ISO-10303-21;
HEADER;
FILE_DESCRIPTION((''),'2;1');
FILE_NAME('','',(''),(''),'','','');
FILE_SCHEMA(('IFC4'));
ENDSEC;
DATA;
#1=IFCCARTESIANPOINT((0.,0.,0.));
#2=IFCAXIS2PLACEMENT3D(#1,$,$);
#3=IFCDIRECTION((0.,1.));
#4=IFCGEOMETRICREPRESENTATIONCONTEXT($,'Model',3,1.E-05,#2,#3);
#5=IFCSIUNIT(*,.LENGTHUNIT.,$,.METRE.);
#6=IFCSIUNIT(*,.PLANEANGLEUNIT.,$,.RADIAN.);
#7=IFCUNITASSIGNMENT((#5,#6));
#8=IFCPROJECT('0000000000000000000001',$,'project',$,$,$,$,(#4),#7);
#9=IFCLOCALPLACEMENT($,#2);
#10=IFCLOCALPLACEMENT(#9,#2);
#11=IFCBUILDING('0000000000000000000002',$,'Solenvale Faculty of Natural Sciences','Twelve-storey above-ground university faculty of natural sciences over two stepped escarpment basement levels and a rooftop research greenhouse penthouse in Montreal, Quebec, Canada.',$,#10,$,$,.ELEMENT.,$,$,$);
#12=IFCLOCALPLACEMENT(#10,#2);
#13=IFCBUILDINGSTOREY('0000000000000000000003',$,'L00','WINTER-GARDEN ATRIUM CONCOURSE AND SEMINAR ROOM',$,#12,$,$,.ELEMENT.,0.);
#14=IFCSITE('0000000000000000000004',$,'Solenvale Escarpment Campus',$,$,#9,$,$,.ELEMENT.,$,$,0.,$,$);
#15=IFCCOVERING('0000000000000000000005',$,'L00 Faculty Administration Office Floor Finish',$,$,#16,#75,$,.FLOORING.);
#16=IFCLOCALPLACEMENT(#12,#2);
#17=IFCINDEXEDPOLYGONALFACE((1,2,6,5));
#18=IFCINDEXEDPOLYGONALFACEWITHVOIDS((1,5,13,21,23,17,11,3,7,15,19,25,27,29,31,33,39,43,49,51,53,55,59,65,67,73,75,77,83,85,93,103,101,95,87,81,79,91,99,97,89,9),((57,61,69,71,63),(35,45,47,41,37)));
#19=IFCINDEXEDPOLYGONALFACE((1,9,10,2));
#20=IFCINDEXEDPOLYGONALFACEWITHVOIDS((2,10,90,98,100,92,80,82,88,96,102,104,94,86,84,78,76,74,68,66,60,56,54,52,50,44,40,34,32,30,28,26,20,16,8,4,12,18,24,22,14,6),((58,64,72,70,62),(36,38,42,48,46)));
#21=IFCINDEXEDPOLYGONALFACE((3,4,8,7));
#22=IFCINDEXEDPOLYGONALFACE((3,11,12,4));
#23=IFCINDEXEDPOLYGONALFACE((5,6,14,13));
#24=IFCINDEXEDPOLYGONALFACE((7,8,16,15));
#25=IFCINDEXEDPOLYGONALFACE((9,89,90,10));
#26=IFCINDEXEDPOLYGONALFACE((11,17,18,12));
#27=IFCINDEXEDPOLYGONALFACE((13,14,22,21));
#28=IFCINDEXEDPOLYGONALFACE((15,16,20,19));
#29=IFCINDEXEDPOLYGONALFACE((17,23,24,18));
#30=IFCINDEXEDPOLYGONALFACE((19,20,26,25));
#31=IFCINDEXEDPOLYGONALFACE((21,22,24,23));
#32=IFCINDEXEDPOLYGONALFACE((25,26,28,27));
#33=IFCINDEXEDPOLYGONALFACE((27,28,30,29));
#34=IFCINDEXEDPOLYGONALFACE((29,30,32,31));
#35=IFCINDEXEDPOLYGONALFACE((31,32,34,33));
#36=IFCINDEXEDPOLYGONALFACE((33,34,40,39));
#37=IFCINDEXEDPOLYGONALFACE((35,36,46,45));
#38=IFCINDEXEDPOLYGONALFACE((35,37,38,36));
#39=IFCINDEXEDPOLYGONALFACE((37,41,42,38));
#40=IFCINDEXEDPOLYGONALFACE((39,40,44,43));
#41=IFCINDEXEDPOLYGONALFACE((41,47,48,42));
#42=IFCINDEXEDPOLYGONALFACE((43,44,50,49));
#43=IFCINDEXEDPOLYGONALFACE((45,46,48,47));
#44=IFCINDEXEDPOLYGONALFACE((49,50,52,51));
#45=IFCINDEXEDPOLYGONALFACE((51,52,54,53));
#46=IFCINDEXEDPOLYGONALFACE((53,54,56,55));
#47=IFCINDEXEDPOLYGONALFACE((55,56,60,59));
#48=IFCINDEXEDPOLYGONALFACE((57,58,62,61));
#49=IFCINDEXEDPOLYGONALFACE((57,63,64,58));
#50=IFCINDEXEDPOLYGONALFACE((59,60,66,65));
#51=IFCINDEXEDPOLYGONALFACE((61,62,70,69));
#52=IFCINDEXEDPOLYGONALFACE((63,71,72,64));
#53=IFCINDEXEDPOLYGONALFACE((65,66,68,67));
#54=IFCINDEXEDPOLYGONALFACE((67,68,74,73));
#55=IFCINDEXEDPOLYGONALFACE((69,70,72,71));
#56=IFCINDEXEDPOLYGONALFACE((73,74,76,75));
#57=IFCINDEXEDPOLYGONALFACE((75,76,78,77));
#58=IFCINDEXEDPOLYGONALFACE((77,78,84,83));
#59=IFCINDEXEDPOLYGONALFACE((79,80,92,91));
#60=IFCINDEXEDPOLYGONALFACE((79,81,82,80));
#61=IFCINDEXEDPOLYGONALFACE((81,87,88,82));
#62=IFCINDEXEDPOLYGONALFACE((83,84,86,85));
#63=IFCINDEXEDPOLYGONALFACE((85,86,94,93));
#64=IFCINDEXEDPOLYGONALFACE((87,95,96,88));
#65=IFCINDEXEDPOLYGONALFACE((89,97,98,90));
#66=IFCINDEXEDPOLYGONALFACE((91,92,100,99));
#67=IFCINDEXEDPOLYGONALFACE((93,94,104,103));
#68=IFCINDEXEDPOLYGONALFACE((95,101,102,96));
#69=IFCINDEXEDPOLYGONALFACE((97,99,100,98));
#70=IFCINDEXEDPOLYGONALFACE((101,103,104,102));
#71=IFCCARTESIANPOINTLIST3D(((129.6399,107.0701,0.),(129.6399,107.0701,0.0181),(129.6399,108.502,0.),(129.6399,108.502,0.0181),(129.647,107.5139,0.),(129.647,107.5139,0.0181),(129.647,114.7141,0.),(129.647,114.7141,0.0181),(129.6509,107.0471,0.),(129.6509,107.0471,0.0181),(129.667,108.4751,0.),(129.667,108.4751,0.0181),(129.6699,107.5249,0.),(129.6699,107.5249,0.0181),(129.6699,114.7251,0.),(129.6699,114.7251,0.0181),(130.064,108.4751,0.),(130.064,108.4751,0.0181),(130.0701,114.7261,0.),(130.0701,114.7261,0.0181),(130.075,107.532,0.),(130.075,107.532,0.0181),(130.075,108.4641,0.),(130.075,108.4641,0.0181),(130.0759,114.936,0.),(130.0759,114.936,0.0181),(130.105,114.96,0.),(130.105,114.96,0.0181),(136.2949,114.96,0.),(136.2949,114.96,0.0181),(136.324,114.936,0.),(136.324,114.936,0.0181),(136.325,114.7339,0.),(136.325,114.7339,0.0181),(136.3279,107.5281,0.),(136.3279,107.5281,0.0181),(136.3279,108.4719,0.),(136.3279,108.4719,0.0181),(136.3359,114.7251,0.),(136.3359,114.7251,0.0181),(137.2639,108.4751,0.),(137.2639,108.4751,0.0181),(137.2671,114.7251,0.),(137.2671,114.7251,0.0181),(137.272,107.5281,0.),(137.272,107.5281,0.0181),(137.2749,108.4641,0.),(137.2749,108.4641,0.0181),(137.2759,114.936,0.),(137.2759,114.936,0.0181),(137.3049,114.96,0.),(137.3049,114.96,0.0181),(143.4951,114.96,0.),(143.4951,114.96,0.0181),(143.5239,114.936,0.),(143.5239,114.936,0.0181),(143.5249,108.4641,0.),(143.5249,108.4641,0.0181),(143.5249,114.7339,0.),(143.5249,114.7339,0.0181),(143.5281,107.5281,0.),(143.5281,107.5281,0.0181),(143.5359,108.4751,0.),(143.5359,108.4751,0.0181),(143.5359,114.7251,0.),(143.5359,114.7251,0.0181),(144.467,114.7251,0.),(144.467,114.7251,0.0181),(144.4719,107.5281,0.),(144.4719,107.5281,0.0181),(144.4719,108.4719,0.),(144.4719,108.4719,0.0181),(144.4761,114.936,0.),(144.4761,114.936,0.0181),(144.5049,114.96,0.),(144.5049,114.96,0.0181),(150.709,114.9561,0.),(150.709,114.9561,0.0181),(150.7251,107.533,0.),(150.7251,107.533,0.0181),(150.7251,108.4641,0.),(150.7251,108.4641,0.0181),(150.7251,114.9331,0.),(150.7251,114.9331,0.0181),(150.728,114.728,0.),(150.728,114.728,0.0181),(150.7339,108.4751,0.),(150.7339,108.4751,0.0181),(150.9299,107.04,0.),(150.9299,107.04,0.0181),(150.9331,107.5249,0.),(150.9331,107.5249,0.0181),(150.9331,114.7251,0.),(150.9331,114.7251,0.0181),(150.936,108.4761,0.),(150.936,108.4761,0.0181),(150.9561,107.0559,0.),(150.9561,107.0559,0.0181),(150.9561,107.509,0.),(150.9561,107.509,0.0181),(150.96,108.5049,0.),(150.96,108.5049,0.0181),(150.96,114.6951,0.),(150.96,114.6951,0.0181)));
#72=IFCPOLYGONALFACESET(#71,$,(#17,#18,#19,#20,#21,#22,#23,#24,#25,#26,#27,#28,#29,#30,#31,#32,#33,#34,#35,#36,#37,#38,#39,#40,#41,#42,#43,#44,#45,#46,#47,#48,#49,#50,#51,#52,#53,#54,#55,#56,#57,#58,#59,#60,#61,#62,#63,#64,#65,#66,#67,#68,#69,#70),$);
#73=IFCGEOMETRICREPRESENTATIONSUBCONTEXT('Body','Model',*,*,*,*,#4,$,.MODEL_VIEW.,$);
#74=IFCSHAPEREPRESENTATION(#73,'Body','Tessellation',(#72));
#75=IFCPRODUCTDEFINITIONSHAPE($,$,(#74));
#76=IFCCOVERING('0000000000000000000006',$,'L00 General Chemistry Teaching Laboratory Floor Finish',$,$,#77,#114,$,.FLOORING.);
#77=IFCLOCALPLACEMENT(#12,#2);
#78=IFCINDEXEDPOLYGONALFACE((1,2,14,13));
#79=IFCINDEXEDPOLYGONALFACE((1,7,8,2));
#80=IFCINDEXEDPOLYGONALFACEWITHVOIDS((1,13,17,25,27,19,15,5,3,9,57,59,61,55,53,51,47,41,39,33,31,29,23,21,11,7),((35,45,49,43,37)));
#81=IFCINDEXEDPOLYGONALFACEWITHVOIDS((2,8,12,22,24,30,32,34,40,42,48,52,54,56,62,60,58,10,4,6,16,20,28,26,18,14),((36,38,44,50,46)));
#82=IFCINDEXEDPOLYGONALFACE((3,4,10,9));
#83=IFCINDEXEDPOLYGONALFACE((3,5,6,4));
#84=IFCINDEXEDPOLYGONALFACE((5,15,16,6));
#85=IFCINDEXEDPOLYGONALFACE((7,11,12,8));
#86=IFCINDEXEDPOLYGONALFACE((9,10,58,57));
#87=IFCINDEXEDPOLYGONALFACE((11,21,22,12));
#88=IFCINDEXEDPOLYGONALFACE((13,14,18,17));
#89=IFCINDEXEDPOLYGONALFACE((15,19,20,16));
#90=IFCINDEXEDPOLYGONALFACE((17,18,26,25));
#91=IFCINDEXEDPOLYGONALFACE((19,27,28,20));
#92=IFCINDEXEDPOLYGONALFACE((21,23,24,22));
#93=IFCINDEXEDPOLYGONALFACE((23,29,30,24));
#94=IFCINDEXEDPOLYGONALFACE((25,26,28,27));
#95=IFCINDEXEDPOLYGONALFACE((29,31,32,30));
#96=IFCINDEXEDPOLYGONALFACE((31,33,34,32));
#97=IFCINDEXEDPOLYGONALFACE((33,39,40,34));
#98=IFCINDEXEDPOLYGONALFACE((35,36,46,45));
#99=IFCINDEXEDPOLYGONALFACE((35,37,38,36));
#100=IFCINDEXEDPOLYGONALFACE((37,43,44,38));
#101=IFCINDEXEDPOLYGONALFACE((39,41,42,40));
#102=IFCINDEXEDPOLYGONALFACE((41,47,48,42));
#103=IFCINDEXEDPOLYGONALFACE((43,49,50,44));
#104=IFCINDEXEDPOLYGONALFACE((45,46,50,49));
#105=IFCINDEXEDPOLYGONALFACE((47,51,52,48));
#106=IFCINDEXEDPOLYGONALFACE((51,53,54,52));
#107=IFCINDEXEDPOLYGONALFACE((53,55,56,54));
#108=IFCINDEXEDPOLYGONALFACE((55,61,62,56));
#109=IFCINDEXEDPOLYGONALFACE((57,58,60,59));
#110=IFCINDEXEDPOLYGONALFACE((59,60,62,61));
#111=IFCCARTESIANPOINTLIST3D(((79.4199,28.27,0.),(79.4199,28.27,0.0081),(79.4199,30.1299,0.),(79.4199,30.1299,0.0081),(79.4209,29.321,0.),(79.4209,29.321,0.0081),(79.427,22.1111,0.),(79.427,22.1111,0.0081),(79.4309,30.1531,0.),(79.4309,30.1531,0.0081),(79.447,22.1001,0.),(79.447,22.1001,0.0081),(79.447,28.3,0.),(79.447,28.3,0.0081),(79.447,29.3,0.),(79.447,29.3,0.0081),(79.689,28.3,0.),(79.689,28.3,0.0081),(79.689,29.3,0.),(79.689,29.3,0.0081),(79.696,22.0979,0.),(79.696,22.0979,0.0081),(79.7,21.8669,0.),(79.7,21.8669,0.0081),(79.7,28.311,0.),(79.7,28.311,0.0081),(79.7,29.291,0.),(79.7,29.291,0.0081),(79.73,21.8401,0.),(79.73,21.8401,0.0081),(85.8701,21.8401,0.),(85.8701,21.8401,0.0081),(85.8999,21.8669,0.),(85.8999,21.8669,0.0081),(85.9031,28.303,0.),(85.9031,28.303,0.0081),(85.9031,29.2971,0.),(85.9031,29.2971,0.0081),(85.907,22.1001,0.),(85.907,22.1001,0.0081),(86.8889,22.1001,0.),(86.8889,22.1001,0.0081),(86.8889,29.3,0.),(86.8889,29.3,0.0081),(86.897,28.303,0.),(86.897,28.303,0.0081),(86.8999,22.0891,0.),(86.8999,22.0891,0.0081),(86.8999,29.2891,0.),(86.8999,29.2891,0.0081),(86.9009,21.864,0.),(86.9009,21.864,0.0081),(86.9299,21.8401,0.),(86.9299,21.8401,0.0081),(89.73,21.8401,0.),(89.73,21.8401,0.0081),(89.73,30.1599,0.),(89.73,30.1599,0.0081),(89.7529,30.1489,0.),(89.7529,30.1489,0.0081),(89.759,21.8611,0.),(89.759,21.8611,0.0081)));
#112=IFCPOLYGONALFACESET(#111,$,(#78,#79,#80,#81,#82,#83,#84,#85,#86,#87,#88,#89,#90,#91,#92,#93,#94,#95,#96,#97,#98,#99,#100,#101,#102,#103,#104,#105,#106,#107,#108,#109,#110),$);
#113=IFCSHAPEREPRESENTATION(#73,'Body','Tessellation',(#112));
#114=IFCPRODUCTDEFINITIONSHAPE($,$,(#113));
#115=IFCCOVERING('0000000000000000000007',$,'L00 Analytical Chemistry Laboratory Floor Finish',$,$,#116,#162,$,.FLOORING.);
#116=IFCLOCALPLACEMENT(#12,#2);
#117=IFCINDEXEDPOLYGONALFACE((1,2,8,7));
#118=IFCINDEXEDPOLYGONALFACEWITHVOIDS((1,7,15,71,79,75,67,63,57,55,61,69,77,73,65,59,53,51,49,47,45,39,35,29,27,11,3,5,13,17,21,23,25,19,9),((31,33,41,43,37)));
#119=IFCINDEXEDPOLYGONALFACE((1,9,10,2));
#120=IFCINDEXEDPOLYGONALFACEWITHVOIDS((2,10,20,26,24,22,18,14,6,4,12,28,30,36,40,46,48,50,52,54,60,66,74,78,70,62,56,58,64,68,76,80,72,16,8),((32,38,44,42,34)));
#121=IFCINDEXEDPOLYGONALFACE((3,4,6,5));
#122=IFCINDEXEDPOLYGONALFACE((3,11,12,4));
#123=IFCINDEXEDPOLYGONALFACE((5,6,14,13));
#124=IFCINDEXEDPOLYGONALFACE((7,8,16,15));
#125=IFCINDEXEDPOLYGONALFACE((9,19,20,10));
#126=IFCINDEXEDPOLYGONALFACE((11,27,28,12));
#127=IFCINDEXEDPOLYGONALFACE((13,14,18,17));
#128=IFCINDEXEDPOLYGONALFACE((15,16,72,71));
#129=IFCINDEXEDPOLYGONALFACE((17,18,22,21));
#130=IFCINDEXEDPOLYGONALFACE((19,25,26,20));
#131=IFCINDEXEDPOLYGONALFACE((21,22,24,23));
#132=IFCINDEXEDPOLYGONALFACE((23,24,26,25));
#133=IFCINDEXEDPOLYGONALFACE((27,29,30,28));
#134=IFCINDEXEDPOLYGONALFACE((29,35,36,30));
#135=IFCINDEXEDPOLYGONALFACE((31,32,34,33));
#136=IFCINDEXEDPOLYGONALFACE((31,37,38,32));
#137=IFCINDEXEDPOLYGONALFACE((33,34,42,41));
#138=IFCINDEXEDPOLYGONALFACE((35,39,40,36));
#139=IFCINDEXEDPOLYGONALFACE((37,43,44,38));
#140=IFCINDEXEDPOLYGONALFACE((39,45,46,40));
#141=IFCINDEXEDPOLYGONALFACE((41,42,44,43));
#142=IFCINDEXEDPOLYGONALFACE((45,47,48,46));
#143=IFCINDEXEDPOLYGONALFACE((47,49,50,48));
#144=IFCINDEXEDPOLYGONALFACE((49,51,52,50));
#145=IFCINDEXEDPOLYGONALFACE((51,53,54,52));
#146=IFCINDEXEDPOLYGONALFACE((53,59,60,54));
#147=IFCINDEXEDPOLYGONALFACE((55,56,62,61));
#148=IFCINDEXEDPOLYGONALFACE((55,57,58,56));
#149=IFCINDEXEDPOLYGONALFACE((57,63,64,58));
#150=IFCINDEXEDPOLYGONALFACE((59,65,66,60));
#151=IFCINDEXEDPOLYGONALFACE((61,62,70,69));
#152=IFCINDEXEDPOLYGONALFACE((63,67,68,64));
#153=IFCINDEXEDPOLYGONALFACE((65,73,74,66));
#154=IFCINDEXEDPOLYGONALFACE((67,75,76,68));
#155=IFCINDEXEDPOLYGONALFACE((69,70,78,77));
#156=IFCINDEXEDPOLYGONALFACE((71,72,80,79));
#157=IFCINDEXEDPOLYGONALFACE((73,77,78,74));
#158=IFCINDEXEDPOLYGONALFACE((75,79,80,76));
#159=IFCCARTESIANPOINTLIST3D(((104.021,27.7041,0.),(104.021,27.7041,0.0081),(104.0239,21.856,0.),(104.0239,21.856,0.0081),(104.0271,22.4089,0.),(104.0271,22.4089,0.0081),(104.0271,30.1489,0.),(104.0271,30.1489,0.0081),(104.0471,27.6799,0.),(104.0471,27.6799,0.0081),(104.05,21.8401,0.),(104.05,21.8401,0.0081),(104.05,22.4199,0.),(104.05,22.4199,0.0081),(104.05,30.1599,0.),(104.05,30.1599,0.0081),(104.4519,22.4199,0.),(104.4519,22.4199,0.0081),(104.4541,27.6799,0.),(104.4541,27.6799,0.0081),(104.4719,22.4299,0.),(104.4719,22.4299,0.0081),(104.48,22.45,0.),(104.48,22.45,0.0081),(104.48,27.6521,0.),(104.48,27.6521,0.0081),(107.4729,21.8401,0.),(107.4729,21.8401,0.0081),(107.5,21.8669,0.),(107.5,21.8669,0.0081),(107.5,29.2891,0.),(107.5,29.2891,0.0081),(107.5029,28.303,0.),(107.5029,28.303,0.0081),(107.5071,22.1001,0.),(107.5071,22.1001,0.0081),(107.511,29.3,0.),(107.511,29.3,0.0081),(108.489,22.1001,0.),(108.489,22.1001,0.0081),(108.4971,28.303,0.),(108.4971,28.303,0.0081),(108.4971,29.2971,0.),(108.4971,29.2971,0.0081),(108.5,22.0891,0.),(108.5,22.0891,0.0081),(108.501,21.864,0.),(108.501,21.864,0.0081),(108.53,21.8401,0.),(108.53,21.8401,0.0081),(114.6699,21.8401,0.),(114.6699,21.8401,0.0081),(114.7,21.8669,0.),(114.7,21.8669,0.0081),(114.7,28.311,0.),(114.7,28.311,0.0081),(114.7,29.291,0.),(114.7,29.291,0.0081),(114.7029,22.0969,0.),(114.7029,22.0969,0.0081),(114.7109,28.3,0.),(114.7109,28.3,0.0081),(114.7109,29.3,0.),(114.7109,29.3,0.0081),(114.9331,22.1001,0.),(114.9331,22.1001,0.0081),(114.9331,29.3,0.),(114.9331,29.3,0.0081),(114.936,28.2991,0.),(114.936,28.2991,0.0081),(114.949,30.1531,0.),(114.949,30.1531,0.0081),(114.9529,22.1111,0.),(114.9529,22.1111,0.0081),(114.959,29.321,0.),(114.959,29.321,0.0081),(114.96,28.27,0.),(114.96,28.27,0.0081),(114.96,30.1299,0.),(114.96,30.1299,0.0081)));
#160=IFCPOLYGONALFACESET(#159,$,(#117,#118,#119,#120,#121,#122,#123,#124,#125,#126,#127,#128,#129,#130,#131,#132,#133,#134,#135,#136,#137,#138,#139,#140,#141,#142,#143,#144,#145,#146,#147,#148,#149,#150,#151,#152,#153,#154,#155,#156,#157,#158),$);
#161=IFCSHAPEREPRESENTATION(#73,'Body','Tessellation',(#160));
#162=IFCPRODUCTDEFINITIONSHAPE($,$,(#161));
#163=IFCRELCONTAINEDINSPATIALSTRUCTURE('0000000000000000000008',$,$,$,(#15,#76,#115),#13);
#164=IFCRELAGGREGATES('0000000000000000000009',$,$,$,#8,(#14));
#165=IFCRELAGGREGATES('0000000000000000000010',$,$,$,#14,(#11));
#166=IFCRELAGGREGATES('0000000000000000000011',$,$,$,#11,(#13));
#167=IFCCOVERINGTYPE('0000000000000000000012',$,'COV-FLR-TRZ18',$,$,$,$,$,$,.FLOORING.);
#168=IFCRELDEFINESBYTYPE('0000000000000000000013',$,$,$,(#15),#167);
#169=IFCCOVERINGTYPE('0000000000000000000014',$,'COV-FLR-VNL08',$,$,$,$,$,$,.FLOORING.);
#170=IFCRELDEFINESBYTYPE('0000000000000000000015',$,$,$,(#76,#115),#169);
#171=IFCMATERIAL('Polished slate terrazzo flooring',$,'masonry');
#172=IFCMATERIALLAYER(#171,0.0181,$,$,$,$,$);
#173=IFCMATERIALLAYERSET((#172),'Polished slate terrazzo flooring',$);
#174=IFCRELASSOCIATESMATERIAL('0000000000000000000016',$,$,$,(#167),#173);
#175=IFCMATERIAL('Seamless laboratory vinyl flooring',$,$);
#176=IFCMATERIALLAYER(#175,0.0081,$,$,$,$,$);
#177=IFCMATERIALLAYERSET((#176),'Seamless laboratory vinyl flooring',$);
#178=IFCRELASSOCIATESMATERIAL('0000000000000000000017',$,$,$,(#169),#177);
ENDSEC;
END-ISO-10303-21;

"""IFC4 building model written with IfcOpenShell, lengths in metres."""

from ifc_helpers import new_model, si_unit, direction, origin, place, context, subcontext, project, spatial, polyline, outline, extrude, material, layer, layer_set, type_object, element, save


model = new_model("IFC4")

# Units and contexts
model_context = context("Model", 3, precision=1e-05, world=origin(), true_north=direction((0.0, 1.0)))
body_context = subcontext(model_context, "Body", "Model", "MODEL_VIEW")
ifc_project = project(units=[si_unit("LENGTHUNIT", "METRE"), si_unit("PLANEANGLEUNIT", "RADIAN")], contexts=[model_context])

# Site, building, storey
site_placement = place(None, origin())
site = spatial("IfcSite", under=ifc_project, at=site_placement, Name="Solenvale Escarpment Campus", CompositionType="ELEMENT", RefElevation=0.0)
building_placement = place(site_placement, origin())
building = spatial("IfcBuilding", under=site, at=building_placement, Name="Solenvale Faculty of Natural Sciences", Description="Twelve-storey above-ground university faculty of natural sciences over two stepped escarpment basement levels and a rooftop research greenhouse penthouse in Montreal, Quebec, Canada.", CompositionType="ELEMENT")
storey_placement = place(building_placement, origin())
storey = spatial("IfcBuildingStorey", under=building, at=storey_placement, Name="L00", Description="WINTER-GARDEN ATRIUM CONCOURSE AND SEMINAR ROOM", CompositionType="ELEMENT", Elevation=0.0)

# Coverings
ifc_material_1 = material(Name="Polished slate terrazzo flooring", Category="masonry")
ifc_layer_1 = layer(ifc_material_1, 0.0181)
ifc_layer_set_1 = layer_set([ifc_layer_1], Name="Polished slate terrazzo flooring")
covering_type_1 = type_object("IfcCoveringType", Name="COV-FLR-TRZ18", PredefinedType="FLOORING", material=ifc_layer_set_1)
covering_1_placement = place(storey_placement, origin())
element("IfcCovering", 1, at=covering_1_placement, inside=storey, type_object=covering_type_1, Name="L00 Faculty Administration Office Floor Finish", PredefinedType="FLOORING", context=body_context, shape_type="SweptSolid", body=[
    extrude(outline(polyline([(136.2949, 114.96), (136.324, 114.936), (136.325, 114.7339), (136.3359, 114.7251), (137.2671, 114.7251), (137.2759, 114.936), (137.3049, 114.96), (143.4951, 114.96), (143.5239, 114.936), (143.5249, 114.7339), (143.5359, 114.7251), (144.467, 114.7251), (144.4761, 114.936), (144.5049, 114.96), (150.709, 114.9561), (150.7251, 114.9331), (150.728, 114.728), (150.9331, 114.7251), (150.96, 114.6951), (150.96, 108.5049), (150.936, 108.4761), (150.7339, 108.4751), (150.7251, 108.4641), (150.7251, 107.533), (150.9331, 107.5249), (150.9561, 107.509), (150.9561, 107.0559), (150.9299, 107.04), (129.6509, 107.0471), (129.6399, 107.0701), (129.647, 107.5139), (129.6699, 107.5249), (130.075, 107.532), (130.075, 108.4641), (130.064, 108.4751), (129.667, 108.4751), (129.6399, 108.502), (129.647, 114.7141), (129.6699, 114.7251), (130.0701, 114.7261), (130.0759, 114.936), (130.105, 114.96), (136.2949, 114.96)]), holes=[polyline([(143.5359, 108.4751), (143.5249, 108.4641), (143.5281, 107.5281), (144.4719, 107.5281), (144.4719, 108.4719), (143.5359, 108.4751)]), polyline([(137.2749, 108.4641), (137.2639, 108.4751), (136.3279, 108.4719), (136.3279, 107.5281), (137.272, 107.5281), (137.2749, 108.4641)])]), origin(), (0.0, 0.0, 1.0), 0.0181),
])
ifc_material_2 = material(Name="Seamless laboratory vinyl flooring")
ifc_layer_2 = layer(ifc_material_2, 0.0081)
ifc_layer_set_2 = layer_set([ifc_layer_2], Name="Seamless laboratory vinyl flooring")
covering_type_2 = type_object("IfcCoveringType", Name="COV-FLR-VNL08", PredefinedType="FLOORING", material=ifc_layer_set_2)
covering_2_placement = place(storey_placement, origin())
element("IfcCovering", 2, at=covering_2_placement, inside=storey, type_object=covering_type_2, Name="L00 General Chemistry Teaching Laboratory Floor Finish", PredefinedType="FLOORING", context=body_context, shape_type="SweptSolid", body=[
    extrude(outline(polyline([(86.9299, 21.8401), (86.9009, 21.864), (86.8999, 22.0891), (86.8889, 22.1001), (85.907, 22.1001), (85.8999, 21.8669), (85.8701, 21.8401), (79.73, 21.8401), (79.7, 21.8669), (79.696, 22.0979), (79.447, 22.1001), (79.427, 22.1111), (79.4199, 28.27), (79.447, 28.3), (79.689, 28.3), (79.7, 28.311), (79.7, 29.291), (79.689, 29.3), (79.447, 29.3), (79.4209, 29.321), (79.4199, 30.1299), (79.4309, 30.1531), (89.73, 30.1599), (89.7529, 30.1489), (89.759, 21.8611), (89.73, 21.8401), (86.9299, 21.8401)]), holes=[polyline([(86.8999, 29.2891), (86.8889, 29.3), (85.9031, 29.2971), (85.9031, 28.303), (86.897, 28.303), (86.8999, 29.2891)])]), origin(), (0.0, 0.0, 1.0), 0.0081),
])
covering_3_placement = place(storey_placement, origin())
element("IfcCovering", 3, at=covering_3_placement, inside=storey, type_object=covering_type_2, Name="L00 Analytical Chemistry Laboratory Floor Finish", PredefinedType="FLOORING", context=body_context, shape_type="SweptSolid", body=[
    extrude(outline(polyline([(108.53, 21.8401), (108.501, 21.864), (108.5, 22.0891), (108.489, 22.1001), (107.5071, 22.1001), (107.5, 21.8669), (107.4729, 21.8401), (104.05, 21.8401), (104.0239, 21.856), (104.0271, 22.4089), (104.05, 22.4199), (104.4519, 22.4199), (104.4719, 22.4299), (104.48, 22.45), (104.48, 27.6521), (104.4541, 27.6799), (104.0471, 27.6799), (104.021, 27.7041), (104.0271, 30.1489), (104.05, 30.1599), (114.949, 30.1531), (114.96, 30.1299), (114.959, 29.321), (114.9331, 29.3), (114.7109, 29.3), (114.7, 29.291), (114.7, 28.311), (114.7109, 28.3), (114.936, 28.2991), (114.96, 28.27), (114.9529, 22.1111), (114.9331, 22.1001), (114.7029, 22.0969), (114.7, 21.8669), (114.6699, 21.8401), (108.53, 21.8401)]), holes=[polyline([(107.511, 29.3), (107.5, 29.2891), (107.5029, 28.303), (108.4971, 28.303), (108.4971, 29.2971), (107.511, 29.3)])]), origin(), (0.0, 0.0, 1.0), 0.0081),
])

save(model, "model.ifc")
